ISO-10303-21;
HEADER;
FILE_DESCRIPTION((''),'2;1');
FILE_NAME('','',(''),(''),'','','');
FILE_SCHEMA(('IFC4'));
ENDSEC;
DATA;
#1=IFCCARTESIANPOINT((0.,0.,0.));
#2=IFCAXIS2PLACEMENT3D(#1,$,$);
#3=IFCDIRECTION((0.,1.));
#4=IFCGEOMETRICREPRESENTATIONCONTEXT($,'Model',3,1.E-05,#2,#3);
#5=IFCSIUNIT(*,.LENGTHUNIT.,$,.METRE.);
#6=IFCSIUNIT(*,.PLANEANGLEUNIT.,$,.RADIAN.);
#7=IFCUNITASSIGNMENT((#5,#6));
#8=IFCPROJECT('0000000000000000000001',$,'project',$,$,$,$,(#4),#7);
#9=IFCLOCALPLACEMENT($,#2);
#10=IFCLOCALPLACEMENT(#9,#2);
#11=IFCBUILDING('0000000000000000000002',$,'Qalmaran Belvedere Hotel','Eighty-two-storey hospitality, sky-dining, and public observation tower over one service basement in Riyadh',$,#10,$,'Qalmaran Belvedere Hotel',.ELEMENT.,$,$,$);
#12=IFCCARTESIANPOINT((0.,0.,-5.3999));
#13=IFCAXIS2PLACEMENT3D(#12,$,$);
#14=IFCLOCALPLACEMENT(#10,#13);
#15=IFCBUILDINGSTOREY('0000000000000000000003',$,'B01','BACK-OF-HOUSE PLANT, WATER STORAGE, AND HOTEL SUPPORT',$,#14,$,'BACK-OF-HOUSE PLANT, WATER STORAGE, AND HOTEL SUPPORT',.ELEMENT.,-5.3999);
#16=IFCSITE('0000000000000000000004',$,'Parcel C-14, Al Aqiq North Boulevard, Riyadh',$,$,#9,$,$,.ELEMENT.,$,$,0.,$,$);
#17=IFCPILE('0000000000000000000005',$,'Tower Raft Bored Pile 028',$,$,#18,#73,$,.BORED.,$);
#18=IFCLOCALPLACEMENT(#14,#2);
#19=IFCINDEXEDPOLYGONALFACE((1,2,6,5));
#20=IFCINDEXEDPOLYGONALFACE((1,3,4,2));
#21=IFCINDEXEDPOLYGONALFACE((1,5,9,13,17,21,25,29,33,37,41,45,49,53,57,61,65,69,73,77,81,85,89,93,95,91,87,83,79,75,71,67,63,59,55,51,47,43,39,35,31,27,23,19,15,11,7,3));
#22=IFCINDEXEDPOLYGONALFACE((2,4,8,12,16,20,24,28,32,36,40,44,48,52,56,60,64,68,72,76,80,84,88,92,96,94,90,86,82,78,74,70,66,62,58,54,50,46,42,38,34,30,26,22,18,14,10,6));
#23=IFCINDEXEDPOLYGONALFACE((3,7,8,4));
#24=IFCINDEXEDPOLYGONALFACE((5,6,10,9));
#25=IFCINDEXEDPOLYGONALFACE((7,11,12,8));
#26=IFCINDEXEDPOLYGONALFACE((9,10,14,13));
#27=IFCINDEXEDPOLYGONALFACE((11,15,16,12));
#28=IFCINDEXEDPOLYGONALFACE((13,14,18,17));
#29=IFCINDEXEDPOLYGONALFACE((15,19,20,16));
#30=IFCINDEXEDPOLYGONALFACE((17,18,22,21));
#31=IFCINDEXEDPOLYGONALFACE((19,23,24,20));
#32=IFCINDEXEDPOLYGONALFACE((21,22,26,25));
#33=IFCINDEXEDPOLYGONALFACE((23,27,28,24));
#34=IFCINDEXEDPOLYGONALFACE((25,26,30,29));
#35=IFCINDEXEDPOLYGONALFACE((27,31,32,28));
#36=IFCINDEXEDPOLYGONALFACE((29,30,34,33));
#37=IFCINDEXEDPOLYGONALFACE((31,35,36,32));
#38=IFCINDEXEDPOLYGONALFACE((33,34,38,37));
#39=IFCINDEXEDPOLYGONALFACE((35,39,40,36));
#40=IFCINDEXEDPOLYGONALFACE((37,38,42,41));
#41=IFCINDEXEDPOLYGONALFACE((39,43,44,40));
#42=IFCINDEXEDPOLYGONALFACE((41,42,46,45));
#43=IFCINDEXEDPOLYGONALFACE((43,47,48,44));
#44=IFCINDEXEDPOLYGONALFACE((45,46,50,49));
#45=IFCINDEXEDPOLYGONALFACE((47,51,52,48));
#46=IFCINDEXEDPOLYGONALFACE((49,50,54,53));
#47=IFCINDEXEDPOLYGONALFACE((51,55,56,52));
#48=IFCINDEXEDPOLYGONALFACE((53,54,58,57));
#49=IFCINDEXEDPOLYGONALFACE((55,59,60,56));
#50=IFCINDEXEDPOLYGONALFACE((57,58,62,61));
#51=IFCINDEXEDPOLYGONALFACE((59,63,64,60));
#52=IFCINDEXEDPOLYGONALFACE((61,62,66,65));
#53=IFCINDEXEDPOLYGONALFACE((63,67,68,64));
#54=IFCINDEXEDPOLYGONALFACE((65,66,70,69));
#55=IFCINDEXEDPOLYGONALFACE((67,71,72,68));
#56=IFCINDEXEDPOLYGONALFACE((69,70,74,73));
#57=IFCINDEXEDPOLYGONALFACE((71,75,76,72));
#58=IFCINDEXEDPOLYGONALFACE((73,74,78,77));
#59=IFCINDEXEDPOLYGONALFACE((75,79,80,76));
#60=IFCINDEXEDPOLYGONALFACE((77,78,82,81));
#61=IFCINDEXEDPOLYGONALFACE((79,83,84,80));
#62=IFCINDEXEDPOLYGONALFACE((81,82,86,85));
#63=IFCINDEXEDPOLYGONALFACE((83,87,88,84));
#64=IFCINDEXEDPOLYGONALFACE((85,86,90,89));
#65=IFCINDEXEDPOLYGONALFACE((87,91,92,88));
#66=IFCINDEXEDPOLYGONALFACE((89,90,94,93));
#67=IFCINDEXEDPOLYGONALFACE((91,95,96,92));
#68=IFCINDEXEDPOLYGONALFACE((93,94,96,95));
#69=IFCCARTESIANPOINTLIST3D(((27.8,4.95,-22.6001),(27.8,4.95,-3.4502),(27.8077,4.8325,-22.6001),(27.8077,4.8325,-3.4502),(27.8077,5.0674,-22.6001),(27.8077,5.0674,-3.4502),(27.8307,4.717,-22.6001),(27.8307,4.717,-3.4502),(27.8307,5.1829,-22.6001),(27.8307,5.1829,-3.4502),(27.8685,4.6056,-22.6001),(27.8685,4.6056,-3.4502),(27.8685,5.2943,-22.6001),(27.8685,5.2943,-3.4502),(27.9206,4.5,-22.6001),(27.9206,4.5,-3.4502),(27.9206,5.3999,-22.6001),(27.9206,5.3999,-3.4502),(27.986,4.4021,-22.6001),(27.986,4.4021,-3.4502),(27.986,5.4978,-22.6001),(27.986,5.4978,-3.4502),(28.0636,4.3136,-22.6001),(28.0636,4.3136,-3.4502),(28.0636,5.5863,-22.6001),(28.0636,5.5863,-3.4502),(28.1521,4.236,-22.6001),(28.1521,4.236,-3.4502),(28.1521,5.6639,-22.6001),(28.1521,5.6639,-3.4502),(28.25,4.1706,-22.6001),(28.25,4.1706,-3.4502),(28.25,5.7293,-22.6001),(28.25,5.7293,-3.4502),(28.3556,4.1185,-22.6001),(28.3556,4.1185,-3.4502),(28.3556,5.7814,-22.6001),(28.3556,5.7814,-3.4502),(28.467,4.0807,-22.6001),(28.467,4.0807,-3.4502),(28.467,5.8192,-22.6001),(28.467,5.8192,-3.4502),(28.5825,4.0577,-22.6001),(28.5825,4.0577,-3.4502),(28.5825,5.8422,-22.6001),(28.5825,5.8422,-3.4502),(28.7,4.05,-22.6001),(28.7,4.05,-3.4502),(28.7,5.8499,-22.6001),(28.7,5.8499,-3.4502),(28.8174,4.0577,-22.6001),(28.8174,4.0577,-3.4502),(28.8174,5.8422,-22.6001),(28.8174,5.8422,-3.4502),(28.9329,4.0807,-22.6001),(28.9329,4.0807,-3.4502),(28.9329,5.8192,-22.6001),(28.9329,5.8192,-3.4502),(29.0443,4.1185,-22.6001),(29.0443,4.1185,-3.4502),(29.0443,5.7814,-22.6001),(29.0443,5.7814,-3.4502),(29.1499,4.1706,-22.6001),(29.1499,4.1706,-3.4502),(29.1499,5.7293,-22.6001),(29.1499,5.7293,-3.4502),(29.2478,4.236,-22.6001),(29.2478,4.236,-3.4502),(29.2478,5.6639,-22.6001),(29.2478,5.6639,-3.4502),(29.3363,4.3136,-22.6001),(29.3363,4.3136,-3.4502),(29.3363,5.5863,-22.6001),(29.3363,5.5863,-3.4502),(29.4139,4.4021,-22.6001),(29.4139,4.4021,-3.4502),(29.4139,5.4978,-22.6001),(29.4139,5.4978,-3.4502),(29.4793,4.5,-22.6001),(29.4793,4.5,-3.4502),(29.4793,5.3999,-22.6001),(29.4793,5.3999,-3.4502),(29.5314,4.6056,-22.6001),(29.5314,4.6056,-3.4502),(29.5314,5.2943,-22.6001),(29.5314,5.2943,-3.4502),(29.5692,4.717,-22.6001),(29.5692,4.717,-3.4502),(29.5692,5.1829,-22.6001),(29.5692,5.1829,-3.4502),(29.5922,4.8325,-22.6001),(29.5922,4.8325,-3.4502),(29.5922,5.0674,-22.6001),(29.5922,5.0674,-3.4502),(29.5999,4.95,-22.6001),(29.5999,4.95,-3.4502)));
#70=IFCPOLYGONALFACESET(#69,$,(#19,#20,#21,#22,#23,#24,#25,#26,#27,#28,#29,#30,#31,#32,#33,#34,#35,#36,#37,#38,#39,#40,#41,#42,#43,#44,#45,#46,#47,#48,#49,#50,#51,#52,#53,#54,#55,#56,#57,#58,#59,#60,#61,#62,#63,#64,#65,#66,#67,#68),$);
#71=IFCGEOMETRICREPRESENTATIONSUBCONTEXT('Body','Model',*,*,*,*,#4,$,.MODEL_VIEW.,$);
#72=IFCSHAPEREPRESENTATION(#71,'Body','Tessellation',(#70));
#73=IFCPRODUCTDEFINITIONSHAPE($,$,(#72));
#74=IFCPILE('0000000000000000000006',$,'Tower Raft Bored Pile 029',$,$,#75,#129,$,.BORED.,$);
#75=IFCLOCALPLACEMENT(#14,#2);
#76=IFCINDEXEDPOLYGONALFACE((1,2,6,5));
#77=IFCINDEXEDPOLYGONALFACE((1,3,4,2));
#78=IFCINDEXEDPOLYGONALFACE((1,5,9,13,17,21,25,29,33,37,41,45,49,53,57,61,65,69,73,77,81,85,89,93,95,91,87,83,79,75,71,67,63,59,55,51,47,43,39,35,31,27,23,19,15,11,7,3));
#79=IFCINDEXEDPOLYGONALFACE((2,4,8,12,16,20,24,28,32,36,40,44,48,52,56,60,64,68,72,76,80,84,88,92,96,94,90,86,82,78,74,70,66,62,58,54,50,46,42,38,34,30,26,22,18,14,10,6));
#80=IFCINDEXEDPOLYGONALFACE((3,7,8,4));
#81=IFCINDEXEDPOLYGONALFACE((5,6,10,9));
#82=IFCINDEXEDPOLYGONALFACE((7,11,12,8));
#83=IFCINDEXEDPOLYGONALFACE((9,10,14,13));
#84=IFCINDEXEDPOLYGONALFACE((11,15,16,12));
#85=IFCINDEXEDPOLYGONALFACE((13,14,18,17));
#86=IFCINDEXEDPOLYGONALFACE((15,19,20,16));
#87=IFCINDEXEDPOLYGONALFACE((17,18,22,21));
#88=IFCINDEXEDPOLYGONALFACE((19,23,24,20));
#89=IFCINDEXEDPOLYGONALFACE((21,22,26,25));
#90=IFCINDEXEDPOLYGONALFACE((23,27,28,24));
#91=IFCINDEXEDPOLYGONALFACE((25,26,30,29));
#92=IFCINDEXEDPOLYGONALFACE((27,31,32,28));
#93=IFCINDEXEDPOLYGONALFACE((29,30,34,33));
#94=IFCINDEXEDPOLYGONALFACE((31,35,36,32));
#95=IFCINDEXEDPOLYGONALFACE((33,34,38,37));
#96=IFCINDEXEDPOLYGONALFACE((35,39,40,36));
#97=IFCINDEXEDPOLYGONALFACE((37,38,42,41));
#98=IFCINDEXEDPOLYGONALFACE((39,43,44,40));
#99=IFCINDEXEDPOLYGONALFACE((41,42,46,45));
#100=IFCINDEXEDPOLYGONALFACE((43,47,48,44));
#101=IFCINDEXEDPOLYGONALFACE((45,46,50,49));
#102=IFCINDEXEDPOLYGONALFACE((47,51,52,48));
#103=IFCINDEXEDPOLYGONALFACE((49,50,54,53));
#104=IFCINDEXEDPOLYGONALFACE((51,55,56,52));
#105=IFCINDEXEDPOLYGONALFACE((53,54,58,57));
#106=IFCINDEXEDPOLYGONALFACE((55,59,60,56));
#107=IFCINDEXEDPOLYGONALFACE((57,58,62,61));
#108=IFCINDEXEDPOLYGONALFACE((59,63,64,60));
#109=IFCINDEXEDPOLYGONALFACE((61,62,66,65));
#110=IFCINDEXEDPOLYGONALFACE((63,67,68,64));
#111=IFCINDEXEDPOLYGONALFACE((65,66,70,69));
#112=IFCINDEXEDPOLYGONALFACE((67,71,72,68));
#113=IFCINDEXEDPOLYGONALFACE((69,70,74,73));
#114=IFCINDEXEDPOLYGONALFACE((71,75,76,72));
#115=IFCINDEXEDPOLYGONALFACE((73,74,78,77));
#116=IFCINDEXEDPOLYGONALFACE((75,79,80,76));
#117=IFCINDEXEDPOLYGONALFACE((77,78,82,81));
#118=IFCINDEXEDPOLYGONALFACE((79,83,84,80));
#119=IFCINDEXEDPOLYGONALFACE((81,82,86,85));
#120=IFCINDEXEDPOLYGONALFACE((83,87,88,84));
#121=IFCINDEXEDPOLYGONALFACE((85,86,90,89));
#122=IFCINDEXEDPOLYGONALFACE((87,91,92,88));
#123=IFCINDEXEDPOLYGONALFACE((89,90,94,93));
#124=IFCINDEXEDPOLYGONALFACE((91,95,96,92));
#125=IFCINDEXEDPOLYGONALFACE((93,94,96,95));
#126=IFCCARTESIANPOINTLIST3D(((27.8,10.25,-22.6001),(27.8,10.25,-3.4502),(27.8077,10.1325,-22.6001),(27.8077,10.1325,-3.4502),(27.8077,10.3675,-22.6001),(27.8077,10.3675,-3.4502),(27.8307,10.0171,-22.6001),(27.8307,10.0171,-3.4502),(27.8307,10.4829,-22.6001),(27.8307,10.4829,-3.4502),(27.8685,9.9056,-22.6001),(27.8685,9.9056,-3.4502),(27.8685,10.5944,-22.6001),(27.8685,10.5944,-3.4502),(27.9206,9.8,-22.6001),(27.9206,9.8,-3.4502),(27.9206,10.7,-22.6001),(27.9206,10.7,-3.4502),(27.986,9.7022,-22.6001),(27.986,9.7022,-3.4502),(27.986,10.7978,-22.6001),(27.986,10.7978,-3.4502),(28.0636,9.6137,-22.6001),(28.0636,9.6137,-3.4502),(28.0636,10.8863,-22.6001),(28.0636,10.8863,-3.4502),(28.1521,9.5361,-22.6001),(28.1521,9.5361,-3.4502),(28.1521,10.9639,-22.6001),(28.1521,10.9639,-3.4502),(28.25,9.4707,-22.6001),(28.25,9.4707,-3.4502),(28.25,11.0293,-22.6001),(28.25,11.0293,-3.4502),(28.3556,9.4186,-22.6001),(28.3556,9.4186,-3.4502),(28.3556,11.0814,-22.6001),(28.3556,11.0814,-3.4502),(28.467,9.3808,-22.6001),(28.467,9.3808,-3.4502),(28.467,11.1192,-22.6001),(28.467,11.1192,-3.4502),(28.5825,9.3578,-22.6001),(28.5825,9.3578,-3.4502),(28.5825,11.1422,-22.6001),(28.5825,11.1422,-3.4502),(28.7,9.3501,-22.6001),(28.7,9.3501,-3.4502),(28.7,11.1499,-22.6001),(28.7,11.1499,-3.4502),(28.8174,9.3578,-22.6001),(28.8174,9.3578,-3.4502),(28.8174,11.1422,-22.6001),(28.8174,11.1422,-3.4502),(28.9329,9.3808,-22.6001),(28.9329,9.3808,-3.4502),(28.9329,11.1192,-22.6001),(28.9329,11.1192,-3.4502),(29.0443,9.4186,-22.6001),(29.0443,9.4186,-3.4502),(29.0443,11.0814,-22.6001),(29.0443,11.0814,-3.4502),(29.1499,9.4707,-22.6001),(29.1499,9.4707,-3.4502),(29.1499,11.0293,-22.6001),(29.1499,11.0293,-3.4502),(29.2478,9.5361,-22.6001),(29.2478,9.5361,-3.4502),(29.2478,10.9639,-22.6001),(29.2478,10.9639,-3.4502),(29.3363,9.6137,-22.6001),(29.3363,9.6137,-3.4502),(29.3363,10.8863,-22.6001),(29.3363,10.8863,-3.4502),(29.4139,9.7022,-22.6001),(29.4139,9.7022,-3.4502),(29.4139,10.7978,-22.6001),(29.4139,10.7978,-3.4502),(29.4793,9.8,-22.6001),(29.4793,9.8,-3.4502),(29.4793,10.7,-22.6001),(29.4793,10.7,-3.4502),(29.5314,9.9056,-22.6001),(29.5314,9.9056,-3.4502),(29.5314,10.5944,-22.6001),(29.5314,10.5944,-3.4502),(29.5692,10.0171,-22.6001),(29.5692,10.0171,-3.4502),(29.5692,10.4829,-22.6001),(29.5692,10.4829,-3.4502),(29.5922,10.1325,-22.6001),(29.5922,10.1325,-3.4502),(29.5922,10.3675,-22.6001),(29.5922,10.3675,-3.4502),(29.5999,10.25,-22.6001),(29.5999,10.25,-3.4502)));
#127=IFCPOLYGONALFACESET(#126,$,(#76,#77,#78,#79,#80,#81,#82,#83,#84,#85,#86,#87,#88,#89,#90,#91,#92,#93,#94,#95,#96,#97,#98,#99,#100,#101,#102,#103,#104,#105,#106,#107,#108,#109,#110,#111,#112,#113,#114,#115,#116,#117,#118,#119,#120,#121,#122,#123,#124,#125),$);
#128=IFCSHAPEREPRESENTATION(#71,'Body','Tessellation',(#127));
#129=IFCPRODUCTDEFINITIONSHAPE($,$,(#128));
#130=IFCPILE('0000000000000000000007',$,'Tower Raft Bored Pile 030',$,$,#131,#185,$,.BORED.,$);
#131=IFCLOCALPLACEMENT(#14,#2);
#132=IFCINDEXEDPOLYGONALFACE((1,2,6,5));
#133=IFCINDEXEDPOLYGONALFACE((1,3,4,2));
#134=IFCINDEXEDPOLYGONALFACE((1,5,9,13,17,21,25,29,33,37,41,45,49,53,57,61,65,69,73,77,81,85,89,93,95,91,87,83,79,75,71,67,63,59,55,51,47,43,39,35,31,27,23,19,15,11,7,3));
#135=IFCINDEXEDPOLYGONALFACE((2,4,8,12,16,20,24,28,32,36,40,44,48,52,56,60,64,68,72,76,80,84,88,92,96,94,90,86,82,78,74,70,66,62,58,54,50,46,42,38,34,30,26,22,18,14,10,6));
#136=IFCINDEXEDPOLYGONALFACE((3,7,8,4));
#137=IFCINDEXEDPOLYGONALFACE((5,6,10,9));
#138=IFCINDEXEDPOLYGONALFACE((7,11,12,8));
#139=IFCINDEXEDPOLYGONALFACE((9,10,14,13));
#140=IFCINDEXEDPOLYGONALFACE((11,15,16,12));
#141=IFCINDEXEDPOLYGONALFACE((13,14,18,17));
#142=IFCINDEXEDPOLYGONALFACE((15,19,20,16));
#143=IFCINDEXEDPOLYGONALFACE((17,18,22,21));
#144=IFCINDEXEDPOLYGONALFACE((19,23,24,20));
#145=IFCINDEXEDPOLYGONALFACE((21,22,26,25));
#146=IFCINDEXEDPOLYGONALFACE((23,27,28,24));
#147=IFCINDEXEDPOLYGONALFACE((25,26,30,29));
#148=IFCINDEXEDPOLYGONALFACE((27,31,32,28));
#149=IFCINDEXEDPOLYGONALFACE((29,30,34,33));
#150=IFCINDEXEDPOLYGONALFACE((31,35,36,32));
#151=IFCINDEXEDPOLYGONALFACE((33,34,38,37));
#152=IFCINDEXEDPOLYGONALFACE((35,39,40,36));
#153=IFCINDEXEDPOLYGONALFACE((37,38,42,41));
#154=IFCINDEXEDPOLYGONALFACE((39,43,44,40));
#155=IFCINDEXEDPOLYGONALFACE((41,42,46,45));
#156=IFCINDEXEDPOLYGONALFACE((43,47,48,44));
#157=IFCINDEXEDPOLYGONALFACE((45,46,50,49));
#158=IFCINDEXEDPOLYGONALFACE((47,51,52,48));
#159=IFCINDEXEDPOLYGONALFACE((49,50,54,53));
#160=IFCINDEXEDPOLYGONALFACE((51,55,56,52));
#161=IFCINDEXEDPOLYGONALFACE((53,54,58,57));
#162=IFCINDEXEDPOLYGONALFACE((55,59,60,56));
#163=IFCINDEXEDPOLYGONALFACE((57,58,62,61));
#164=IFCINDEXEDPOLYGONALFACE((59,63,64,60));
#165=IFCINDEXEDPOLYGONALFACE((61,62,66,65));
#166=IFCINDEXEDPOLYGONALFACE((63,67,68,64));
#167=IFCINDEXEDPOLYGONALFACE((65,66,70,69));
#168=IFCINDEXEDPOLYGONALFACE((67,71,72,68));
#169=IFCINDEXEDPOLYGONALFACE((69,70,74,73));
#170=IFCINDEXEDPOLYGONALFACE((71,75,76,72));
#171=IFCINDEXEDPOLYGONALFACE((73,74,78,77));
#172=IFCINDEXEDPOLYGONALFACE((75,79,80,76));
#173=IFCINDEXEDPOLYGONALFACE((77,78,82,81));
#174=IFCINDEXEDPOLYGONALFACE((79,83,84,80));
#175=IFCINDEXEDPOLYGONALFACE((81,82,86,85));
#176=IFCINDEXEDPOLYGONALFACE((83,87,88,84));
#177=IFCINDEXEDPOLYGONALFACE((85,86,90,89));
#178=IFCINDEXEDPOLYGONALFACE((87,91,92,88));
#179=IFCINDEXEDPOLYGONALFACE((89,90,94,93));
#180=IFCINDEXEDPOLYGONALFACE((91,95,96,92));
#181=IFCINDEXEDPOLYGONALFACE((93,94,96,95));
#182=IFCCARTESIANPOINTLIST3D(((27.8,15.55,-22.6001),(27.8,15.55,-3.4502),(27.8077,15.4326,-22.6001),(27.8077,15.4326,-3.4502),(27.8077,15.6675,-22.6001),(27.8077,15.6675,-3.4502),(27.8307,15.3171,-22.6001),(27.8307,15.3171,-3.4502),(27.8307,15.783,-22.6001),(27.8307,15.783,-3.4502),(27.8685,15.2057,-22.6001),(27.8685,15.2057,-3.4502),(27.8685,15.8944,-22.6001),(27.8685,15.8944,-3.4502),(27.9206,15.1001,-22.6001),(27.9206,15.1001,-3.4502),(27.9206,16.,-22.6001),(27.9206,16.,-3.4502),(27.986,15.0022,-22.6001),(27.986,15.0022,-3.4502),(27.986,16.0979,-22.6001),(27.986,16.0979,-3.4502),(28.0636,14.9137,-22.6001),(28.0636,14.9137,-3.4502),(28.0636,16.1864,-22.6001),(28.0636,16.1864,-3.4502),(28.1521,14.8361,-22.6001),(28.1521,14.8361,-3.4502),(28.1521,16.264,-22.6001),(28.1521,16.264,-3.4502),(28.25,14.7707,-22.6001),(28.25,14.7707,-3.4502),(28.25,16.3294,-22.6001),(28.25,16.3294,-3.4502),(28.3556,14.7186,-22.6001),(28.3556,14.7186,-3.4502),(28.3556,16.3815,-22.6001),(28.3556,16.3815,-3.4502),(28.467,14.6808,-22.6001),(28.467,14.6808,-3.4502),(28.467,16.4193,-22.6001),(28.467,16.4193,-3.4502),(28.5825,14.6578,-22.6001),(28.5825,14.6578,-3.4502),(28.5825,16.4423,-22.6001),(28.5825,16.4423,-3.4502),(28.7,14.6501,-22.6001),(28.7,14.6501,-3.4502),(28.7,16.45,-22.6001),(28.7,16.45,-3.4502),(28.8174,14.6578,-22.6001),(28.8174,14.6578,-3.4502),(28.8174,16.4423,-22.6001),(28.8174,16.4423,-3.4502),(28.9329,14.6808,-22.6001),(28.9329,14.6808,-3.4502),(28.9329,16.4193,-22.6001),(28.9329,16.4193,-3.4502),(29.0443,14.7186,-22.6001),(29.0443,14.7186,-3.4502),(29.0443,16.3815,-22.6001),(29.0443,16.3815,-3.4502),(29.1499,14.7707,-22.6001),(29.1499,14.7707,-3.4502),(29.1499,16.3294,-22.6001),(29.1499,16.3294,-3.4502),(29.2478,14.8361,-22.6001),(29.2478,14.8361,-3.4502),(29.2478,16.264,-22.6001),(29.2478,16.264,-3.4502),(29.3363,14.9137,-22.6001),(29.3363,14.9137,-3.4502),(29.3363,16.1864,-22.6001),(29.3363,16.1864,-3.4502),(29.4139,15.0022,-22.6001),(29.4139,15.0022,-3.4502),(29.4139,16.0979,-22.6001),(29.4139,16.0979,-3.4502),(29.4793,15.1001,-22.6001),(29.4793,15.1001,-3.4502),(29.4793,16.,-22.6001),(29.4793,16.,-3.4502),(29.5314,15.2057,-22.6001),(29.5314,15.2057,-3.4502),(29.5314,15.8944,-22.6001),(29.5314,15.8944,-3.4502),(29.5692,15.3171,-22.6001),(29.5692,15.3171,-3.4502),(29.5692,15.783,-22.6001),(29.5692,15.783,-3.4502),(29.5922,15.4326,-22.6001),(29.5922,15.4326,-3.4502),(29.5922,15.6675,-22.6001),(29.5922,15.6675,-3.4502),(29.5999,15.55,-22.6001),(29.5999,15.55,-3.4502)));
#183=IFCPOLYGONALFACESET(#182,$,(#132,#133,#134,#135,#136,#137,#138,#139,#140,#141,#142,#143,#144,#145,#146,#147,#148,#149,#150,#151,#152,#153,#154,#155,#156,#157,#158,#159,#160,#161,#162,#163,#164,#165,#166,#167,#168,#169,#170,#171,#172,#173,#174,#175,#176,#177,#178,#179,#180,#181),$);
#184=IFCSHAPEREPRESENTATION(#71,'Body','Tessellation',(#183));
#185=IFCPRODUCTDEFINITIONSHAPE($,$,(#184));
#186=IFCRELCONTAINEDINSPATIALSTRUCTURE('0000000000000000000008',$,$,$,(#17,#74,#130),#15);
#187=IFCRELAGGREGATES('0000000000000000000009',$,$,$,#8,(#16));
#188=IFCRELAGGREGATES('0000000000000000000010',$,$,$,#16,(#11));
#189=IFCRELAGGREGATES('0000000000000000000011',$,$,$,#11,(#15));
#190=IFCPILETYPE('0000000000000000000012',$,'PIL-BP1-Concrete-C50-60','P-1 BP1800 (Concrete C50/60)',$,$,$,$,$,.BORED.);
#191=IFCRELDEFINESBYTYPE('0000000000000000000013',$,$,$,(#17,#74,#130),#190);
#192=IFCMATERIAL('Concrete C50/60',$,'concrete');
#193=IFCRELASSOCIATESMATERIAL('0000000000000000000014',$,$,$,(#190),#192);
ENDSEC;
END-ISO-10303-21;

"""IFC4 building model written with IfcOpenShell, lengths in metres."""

from ifc_helpers import new_model, si_unit, direction, frame, origin, origin_2d, place, context, subcontext, project, spatial, circle, extrude, material, material_profile, profile_set, type_object, element, save


model = new_model("IFC4")

# Units and contexts
model_context = context("Model", 3, precision=1e-05, world=origin(), true_north=direction((0.0, 1.0)))
body_context = subcontext(model_context, "Body", "Model", "MODEL_VIEW")
ifc_project = project(units=[si_unit("LENGTHUNIT", "METRE"), si_unit("PLANEANGLEUNIT", "RADIAN")], contexts=[model_context])

# Site, building, storey
site_placement = place(None, origin())
site = spatial("IfcSite", under=ifc_project, at=site_placement, Name="Parcel C-14, Al Aqiq North Boulevard, Riyadh", CompositionType="ELEMENT", RefElevation=0.0)
building_placement = place(site_placement, origin())
building = spatial("IfcBuilding", under=site, at=building_placement, Name="Qalmaran Belvedere Hotel", Description="Eighty-two-storey hospitality, sky-dining, and public observation tower over one service basement in Riyadh", LongName="Qalmaran Belvedere Hotel", CompositionType="ELEMENT")
storey_placement = place(building_placement, frame((0.0, 0.0, -5.3999)))
storey = spatial("IfcBuildingStorey", under=building, at=storey_placement, Name="B01", Description="BACK-OF-HOUSE PLANT, WATER STORAGE, AND HOTEL SUPPORT", LongName="BACK-OF-HOUSE PLANT, WATER STORAGE, AND HOTEL SUPPORT", CompositionType="ELEMENT", Elevation=-5.3999)

# Shared definitions
ifc_material_1 = material(Name="Concrete C50/60", Category="concrete")

# Piles
ifc_material_profile_1 = material_profile(ifc_material_1, circle(Radius=0.8999, at=origin_2d()), Name="BP1800")
ifc_profile_set_1 = profile_set([ifc_material_profile_1], Name="Concrete C50/60")
pile_type_1 = type_object("IfcPileType", Name="PIL-BP1-Concrete-C50-60", Description="P-1 BP1800 (Concrete C50/60)", PredefinedType="BORED", material=ifc_profile_set_1)
for number, where, z_axis, x_axis, name in (
    (1, (28.7, 4.95, -3.4502), (0.0, 0.0, -1.0), (1.0, 0.0, 0.0), "Tower Raft Bored Pile 028"),
    (2, (28.7, 10.25, -3.4502), (0.0, 0.0, -1.0), (1.0, 0.0, 0.0), "Tower Raft Bored Pile 029"),
    (3, (28.7, 15.55, -3.4502), (0.0, 0.0, -1.0), (1.0, 0.0, 0.0), "Tower Raft Bored Pile 030"),
):
    element("IfcPile", number, at=place(storey_placement, frame(where, z_axis=z_axis, x_axis=x_axis)), inside=storey, type_object=pile_type_1, Name=name, PredefinedType="BORED", context=body_context, shape_type="SweptSolid", body=[
        extrude(circle(Radius=0.8999, at=origin_2d()), origin(), (0.0, 0.0, 1.0), 19.1499),
    ])

save(model, "model.ifc")
